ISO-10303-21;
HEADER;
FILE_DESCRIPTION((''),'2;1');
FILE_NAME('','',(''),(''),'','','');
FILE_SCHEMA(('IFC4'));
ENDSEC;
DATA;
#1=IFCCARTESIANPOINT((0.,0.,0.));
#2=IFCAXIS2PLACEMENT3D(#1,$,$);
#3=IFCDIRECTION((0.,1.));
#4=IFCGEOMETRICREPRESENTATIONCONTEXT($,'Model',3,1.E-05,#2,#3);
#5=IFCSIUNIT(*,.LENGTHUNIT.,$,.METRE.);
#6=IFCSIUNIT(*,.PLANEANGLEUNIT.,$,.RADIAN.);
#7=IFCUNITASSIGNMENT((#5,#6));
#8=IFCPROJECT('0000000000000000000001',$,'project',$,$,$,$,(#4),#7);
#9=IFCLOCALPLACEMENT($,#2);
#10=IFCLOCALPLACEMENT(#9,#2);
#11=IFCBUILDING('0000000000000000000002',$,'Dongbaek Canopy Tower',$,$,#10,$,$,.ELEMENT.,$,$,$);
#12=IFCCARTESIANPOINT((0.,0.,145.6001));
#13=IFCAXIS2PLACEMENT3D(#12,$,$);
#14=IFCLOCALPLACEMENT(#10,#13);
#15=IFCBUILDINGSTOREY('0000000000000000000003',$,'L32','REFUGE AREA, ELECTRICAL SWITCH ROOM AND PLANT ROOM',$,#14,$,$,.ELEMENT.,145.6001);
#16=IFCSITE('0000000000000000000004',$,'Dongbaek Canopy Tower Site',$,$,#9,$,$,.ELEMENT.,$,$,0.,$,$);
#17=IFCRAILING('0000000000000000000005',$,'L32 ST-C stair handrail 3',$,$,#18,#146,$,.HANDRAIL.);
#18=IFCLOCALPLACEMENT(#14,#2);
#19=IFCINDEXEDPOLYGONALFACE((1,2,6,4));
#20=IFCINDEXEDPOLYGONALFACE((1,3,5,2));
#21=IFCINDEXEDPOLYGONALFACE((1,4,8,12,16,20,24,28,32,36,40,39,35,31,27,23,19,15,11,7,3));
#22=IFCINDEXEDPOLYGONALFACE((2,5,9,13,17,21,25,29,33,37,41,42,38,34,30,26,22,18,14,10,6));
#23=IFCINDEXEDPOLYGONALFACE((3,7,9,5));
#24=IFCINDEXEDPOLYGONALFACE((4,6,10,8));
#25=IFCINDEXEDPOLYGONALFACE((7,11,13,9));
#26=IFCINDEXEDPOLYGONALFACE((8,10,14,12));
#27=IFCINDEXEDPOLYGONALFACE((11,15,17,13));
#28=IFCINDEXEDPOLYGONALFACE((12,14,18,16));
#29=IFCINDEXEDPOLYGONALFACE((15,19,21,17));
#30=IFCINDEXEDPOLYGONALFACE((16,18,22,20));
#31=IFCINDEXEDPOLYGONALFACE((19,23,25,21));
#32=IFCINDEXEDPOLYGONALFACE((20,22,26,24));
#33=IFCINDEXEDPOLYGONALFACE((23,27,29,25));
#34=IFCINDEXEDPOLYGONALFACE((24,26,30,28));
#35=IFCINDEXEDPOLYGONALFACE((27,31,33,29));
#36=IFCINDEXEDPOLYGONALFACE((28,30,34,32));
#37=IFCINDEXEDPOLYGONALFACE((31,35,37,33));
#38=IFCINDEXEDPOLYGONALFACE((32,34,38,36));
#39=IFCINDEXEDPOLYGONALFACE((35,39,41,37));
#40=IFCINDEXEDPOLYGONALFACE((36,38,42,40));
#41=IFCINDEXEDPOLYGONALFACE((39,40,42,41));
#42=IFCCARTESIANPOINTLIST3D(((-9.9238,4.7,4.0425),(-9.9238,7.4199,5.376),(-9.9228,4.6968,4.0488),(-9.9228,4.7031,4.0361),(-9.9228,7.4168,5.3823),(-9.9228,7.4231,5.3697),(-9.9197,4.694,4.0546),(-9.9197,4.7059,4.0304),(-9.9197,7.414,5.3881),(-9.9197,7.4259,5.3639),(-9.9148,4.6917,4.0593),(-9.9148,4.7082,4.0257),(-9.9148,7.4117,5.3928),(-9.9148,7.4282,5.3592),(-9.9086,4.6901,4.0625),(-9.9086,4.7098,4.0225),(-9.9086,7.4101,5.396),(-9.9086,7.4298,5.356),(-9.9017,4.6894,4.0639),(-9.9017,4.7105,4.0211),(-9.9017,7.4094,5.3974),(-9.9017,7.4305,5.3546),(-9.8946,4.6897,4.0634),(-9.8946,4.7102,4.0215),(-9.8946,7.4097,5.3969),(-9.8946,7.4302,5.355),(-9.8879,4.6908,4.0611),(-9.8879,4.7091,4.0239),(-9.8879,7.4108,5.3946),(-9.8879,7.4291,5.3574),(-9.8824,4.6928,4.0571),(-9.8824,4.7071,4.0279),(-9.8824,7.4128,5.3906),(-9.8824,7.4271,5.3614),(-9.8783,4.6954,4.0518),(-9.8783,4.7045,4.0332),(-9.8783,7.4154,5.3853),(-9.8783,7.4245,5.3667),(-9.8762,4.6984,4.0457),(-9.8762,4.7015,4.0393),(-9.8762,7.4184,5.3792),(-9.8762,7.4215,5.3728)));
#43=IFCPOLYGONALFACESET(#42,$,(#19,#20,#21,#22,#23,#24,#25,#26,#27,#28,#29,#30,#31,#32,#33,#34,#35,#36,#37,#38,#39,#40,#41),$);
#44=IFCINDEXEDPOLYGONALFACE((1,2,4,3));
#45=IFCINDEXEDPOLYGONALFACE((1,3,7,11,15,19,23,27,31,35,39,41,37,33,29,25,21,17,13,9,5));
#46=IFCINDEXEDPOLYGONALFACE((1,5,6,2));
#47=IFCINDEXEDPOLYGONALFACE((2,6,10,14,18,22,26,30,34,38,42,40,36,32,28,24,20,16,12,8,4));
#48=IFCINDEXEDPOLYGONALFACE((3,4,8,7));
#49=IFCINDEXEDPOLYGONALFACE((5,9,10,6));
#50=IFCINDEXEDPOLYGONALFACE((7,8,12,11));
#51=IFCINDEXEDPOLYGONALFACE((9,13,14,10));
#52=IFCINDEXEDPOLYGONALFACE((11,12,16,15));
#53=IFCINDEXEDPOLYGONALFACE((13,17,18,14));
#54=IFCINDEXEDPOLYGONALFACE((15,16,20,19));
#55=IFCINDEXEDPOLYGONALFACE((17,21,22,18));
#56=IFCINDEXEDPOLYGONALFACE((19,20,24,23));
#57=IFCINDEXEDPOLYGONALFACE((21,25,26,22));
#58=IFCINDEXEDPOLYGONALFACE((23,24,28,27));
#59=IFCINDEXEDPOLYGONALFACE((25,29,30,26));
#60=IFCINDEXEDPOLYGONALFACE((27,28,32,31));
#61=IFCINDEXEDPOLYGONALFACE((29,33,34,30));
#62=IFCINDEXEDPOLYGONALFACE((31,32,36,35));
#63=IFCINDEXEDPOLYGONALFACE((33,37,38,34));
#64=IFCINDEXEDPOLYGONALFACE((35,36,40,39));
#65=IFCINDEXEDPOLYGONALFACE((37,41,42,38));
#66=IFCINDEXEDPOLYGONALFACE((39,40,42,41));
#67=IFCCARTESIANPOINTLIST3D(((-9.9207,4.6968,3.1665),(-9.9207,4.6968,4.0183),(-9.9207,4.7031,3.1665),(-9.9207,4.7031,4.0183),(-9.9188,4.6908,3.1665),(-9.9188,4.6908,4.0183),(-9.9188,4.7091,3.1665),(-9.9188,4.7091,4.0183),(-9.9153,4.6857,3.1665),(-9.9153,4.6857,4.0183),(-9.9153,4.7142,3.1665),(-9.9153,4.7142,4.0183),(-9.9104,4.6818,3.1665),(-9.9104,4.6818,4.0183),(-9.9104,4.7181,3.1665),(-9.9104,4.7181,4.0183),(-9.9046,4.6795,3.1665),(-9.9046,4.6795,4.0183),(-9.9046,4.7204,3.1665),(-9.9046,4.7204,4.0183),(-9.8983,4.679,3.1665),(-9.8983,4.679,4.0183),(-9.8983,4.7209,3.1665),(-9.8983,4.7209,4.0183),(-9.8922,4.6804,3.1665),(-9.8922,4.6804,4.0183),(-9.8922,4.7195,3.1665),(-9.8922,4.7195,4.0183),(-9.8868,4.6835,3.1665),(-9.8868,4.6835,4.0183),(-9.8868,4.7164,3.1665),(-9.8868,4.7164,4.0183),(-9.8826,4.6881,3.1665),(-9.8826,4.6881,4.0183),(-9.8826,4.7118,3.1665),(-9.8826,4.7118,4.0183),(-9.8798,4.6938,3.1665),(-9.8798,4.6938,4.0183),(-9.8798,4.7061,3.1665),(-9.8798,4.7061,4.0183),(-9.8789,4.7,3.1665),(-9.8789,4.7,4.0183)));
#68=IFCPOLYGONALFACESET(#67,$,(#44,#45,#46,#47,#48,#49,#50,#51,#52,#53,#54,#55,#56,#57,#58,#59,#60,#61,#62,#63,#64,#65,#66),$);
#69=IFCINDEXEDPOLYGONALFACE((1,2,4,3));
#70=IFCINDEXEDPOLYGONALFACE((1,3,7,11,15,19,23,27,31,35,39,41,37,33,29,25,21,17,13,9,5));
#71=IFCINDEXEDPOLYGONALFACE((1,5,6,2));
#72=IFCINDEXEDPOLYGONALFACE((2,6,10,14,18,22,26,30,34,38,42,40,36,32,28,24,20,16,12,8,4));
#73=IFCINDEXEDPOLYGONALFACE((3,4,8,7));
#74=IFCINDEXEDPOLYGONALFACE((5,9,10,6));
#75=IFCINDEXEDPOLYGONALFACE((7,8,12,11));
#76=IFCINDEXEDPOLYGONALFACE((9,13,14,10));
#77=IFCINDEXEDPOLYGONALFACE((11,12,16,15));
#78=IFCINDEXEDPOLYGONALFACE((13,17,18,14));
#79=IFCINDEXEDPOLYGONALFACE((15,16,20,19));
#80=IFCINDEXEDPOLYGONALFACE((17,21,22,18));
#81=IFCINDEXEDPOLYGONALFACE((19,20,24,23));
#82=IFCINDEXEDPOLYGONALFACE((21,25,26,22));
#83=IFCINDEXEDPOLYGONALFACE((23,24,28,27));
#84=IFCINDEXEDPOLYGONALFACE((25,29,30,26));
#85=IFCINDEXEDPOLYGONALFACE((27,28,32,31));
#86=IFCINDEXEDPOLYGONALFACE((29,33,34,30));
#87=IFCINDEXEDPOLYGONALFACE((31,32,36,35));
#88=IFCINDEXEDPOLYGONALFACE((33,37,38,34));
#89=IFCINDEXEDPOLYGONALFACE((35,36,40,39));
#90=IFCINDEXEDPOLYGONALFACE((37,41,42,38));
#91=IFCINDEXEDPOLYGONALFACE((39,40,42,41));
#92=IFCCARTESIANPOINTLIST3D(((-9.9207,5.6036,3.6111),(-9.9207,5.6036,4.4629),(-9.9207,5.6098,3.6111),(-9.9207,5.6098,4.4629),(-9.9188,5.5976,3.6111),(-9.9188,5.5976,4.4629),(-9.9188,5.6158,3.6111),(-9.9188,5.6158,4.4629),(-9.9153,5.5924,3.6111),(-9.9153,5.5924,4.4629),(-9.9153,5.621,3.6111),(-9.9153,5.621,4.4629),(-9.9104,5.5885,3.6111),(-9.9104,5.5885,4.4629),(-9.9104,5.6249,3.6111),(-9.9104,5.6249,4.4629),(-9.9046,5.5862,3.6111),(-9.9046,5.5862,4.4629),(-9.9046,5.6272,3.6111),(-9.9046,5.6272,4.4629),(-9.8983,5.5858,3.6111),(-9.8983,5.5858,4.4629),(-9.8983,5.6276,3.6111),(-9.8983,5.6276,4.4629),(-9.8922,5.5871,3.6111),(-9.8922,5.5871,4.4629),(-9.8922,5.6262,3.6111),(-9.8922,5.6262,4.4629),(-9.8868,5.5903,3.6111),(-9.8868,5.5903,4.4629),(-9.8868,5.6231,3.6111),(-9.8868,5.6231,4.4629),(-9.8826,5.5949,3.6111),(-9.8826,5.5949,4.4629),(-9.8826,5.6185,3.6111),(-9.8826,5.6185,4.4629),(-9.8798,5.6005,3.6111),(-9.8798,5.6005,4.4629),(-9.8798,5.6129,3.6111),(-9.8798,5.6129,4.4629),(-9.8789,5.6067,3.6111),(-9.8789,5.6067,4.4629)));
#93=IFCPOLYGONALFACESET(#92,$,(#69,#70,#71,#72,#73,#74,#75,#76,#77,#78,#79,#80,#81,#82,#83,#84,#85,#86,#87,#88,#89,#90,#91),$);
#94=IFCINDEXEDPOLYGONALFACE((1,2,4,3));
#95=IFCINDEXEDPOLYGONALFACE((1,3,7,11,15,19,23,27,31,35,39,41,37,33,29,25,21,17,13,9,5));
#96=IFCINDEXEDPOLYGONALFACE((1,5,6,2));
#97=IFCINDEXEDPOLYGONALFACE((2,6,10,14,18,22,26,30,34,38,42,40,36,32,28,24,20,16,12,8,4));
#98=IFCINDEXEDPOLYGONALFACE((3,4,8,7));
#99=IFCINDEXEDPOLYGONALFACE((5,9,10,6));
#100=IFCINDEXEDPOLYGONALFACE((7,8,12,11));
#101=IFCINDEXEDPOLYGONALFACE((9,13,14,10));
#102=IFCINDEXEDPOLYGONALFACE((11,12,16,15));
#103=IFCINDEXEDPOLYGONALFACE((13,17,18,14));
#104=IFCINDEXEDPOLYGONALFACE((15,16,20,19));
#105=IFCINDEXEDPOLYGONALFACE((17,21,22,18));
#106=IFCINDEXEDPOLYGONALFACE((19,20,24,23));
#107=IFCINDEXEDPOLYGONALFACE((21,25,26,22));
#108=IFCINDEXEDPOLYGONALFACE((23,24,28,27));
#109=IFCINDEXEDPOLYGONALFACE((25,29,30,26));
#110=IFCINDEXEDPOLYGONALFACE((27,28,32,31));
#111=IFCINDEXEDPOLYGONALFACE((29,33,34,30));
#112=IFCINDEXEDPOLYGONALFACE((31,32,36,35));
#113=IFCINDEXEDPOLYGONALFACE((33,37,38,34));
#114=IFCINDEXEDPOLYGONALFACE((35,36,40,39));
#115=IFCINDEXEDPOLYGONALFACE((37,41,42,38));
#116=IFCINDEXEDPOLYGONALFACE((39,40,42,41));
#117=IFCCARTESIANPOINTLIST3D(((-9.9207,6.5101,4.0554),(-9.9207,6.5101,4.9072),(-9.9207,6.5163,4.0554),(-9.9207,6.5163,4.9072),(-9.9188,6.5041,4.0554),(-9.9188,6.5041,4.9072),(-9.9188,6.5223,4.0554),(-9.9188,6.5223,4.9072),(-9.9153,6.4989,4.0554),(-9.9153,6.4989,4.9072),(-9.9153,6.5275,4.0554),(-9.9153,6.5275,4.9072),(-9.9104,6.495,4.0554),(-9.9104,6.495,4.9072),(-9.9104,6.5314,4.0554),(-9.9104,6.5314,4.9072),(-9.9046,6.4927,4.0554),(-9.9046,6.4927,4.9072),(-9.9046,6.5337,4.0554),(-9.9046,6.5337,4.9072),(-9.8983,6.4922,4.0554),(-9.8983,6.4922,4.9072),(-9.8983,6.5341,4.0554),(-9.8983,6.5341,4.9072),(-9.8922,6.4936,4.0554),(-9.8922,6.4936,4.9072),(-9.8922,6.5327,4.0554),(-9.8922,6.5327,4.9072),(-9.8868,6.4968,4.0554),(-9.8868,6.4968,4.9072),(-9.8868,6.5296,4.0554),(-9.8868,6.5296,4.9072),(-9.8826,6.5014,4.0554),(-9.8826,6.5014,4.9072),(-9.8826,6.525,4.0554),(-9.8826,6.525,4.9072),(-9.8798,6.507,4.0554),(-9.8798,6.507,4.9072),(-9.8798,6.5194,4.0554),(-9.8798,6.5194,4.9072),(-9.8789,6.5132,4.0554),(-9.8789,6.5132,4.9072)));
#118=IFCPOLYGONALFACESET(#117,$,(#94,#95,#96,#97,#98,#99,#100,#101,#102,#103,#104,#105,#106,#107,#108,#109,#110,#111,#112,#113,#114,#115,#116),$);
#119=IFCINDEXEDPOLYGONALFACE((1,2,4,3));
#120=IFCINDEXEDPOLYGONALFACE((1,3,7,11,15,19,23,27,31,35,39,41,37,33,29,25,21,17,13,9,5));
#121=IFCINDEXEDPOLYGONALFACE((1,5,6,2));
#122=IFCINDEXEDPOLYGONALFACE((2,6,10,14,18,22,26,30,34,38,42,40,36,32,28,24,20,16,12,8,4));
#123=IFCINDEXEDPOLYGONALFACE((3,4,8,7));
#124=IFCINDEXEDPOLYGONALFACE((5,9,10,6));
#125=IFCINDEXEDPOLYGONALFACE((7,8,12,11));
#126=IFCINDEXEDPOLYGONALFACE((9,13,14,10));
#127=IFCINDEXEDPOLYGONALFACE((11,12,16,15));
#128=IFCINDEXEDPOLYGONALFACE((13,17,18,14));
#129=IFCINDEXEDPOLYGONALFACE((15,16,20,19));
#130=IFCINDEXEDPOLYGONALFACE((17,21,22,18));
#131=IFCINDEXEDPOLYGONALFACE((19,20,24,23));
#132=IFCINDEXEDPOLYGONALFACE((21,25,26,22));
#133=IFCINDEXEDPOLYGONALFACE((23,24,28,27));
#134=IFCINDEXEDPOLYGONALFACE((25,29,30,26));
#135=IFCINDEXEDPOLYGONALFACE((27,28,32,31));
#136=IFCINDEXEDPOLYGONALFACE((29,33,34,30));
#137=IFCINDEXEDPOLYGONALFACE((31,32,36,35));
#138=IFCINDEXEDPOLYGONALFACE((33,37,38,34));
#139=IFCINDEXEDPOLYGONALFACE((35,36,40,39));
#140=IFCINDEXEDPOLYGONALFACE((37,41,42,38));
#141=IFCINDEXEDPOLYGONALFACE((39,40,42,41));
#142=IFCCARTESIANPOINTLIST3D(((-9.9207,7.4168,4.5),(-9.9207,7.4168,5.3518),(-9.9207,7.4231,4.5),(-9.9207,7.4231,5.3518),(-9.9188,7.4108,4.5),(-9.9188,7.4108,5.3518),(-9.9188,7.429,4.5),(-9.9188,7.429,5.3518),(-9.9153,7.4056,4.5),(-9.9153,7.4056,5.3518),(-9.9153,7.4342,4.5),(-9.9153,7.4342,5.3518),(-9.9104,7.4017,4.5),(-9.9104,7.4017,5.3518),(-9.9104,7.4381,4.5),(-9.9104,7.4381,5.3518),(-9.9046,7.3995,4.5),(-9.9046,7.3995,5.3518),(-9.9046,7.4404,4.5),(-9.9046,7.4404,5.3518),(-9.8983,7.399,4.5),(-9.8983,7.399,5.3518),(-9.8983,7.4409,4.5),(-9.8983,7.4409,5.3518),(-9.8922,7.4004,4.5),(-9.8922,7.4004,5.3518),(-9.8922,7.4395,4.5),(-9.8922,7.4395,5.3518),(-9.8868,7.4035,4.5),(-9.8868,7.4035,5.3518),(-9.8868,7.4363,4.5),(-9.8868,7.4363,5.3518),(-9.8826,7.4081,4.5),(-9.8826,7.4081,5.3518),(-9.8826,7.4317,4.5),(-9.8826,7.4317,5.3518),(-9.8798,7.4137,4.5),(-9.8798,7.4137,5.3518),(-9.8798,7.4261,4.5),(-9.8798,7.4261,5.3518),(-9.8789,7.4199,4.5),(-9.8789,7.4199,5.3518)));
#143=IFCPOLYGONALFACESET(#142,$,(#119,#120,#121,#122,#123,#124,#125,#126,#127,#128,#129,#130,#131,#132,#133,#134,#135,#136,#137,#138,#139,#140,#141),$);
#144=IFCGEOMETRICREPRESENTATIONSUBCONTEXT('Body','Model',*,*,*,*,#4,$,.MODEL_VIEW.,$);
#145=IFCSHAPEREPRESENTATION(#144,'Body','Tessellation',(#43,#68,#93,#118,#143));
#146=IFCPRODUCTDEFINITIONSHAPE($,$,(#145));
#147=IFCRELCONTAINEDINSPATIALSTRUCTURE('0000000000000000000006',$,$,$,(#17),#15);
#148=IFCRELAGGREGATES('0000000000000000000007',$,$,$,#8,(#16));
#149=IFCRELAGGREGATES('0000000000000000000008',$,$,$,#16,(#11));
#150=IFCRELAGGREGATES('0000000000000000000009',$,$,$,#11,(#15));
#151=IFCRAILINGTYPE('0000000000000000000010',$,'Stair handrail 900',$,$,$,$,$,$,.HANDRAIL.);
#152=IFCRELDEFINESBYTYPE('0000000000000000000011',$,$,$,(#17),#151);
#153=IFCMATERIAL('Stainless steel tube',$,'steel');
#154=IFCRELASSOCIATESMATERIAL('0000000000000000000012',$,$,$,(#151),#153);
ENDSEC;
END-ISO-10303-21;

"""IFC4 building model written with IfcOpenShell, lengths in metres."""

from ifc_helpers import new_model, si_unit, direction, frame, origin, origin_2d, place, context, subcontext, project, spatial, circle, extrude, material, type_object, element, save


model = new_model("IFC4")

# Units and contexts
model_context = context("Model", 3, precision=1e-05, world=origin(), true_north=direction((0.0, 1.0)))
body_context = subcontext(model_context, "Body", "Model", "MODEL_VIEW")
ifc_project = project(units=[si_unit("LENGTHUNIT", "METRE"), si_unit("PLANEANGLEUNIT", "RADIAN")], contexts=[model_context])

# Site, building, storey
site_placement = place(None, origin())
site = spatial("IfcSite", under=ifc_project, at=site_placement, Name="Dongbaek Canopy Tower Site", CompositionType="ELEMENT", RefElevation=0.0)
building_placement = place(site_placement, origin())
building = spatial("IfcBuilding", under=site, at=building_placement, Name="Dongbaek Canopy Tower", CompositionType="ELEMENT")
storey_placement = place(building_placement, frame((0.0, 0.0, 145.6001)))
storey = spatial("IfcBuildingStorey", under=building, at=storey_placement, Name="L32", Description="REFUGE AREA, ELECTRICAL SWITCH ROOM AND PLANT ROOM", CompositionType="ELEMENT", Elevation=145.6001)

# Railing
ifc_material_1 = material(Name="Stainless steel tube", Category="steel")
railing_type = type_object("IfcRailingType", Name="Stair handrail 900", PredefinedType="HANDRAIL", material=ifc_material_1)
for number, where, name in (
    (1, (-9.8999, 4.7, 3.1665), "L32 ST-C stair handrail 3"),
):
    element("IfcRailing", number, at=place(storey_placement, frame(where)), inside=storey, type_object=railing_type, Name=name, PredefinedType="HANDRAIL", context=body_context, shape_type="SweptSolid", body=[
        extrude(circle(Radius=0.0239, at=origin_2d()), frame((0.0, 0.0, 0.876), z_axis=(0.0, 0.897898, 0.440204), x_axis=(-1.0, 0.0, 0.0)), (0.0, 0.0, 1.0), 3.0293),
        extrude(circle(Radius=0.021, at=origin_2d()), origin(), (0.0, 0.0, 1.0), 0.8518),
        extrude(circle(Radius=0.021, at=origin_2d()), frame((0.0, 0.9067, 0.4446)), (0.0, 0.0, 1.0), 0.8518),
        extrude(circle(Radius=0.021, at=origin_2d()), frame((0.0, 1.8132, 0.8889)), (0.0, 0.0, 1.0), 0.8518),
        extrude(circle(Radius=0.021, at=origin_2d()), frame((0.0, 2.72, 1.3335)), (0.0, 0.0, 1.0), 0.8518),
    ])

save(model, "model.ifc")
